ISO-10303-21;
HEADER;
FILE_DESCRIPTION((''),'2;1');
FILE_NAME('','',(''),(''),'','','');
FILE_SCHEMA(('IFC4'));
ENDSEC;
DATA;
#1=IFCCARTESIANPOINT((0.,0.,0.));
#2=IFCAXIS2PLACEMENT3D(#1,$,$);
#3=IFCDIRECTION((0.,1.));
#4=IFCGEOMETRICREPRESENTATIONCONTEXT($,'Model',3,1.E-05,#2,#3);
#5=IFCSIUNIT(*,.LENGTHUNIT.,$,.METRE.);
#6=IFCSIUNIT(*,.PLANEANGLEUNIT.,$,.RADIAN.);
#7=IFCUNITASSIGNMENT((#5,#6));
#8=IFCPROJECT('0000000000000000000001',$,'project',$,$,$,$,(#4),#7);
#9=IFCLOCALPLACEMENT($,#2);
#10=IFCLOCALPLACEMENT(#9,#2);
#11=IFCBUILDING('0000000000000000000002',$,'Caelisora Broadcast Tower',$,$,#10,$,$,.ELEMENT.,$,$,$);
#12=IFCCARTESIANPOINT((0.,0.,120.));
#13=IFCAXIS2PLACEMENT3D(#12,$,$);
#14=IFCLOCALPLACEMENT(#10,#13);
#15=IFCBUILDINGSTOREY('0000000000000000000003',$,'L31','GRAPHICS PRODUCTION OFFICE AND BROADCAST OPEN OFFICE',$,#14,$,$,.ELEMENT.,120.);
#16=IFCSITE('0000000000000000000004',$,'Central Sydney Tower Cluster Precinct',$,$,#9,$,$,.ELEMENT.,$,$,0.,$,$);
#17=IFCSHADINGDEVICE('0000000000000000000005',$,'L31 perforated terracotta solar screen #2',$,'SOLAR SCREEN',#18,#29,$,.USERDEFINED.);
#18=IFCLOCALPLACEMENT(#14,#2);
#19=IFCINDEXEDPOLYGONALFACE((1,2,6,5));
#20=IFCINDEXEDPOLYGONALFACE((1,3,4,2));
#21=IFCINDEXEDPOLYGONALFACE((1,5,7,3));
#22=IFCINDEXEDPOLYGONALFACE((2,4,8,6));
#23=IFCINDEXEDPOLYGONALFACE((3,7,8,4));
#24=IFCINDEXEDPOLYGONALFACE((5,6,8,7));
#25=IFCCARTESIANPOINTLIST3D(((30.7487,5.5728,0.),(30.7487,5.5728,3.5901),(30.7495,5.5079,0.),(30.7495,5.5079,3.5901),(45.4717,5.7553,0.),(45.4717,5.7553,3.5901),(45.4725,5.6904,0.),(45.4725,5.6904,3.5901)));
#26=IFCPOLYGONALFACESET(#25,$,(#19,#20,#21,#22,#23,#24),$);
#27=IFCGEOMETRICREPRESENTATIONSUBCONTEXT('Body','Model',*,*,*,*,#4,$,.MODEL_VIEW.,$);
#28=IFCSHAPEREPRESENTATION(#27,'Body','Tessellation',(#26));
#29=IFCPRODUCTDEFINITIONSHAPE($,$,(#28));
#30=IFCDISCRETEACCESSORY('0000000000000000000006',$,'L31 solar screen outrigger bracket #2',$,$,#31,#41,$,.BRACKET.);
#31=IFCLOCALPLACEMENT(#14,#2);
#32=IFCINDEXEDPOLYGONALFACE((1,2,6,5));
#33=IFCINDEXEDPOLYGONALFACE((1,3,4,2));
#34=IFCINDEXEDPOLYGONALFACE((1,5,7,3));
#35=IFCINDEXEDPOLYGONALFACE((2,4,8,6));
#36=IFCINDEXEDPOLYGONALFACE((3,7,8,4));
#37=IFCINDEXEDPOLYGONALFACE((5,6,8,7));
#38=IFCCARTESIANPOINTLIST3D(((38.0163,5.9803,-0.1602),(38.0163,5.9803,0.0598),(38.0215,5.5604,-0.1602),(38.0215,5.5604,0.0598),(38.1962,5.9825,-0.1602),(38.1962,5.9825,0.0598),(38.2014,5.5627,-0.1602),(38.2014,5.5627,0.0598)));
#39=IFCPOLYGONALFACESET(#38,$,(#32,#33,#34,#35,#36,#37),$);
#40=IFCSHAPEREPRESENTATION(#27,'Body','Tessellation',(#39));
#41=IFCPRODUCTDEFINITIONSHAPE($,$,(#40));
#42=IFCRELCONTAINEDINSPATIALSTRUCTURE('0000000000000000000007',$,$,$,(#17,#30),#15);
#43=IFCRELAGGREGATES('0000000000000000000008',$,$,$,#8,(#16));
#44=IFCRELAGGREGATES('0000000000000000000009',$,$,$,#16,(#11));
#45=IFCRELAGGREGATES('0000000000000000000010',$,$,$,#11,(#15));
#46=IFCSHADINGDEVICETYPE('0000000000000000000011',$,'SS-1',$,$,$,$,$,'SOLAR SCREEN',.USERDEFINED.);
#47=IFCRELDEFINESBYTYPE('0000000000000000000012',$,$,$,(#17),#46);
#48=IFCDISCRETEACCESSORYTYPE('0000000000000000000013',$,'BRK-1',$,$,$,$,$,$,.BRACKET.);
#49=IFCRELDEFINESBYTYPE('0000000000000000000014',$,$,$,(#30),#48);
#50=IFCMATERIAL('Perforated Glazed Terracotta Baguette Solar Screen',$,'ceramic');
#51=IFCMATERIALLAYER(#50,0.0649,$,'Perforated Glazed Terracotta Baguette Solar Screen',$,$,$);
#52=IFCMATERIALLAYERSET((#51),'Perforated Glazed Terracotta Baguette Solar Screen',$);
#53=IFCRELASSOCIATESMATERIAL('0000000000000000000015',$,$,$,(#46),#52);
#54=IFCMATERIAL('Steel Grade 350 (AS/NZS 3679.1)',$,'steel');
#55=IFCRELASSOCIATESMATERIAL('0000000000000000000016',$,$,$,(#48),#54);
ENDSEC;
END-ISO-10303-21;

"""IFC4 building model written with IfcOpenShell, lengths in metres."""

from ifc_helpers import new_model, si_unit, direction, frame, origin, origin_2d, place, context, subcontext, project, spatial, rectangle, extrude, source, transform, mapped, material, layer, layer_set, type_object, type_shapes, element, save


model = new_model("IFC4")

# Units and contexts
model_context = context("Model", 3, precision=1e-05, world=origin(), true_north=direction((0.0, 1.0)))
body_context = subcontext(model_context, "Body", "Model", "MODEL_VIEW")
ifc_project = project(units=[si_unit("LENGTHUNIT", "METRE"), si_unit("PLANEANGLEUNIT", "RADIAN")], contexts=[model_context])

# Site, building, storey
site_placement = place(None, origin())
site = spatial("IfcSite", under=ifc_project, at=site_placement, Name="Central Sydney Tower Cluster Precinct", CompositionType="ELEMENT", RefElevation=0.0)
building_placement = place(site_placement, origin())
building = spatial("IfcBuilding", under=site, at=building_placement, Name="Caelisora Broadcast Tower", CompositionType="ELEMENT")
storey_placement = place(building_placement, frame((0.0, 0.0, 120.0)))
storey = spatial("IfcBuildingStorey", under=building, at=storey_placement, Name="L31", Description="GRAPHICS PRODUCTION OFFICE AND BROADCAST OPEN OFFICE", CompositionType="ELEMENT", Elevation=120.0)

# Shared definitions
ifc_material_1 = material(Name="Steel Grade 350 (AS/NZS 3679.1)", Category="steel")

# Shading device
ifc_material_2 = material(Name="Perforated Glazed Terracotta Baguette Solar Screen", Category="ceramic")
ifc_layer_1 = layer(ifc_material_2, 0.0649, Name="Perforated Glazed Terracotta Baguette Solar Screen")
ifc_layer_set_1 = layer_set([ifc_layer_1], Name="Perforated Glazed Terracotta Baguette Solar Screen")
shading_device_type = type_object("IfcShadingDeviceType", Name="SS-1", ElementType="SOLAR SCREEN", PredefinedType="USERDEFINED", material=ifc_layer_set_1)
shared_shape_1 = source(origin(), body_context, "Body", "SweptSolid", [
    extrude(rectangle(XDim=14.7241, YDim=0.0649, at=origin_2d()), origin(), (0.0, 0.0, 1.0), 3.5901),
])
type_shapes(shading_device_type, [shared_shape_1])
shading_device_placement = place(storey_placement, frame((38.1106, 5.6316, 0.0), z_axis=(0.0, 0.0, 1.0), x_axis=(0.999923, 0.012392, 0.0)))
element("IfcShadingDevice", 1, at=shading_device_placement, inside=storey, type_object=shading_device_type, Name="L31 perforated terracotta solar screen #2", ObjectType="SOLAR SCREEN", PredefinedType="USERDEFINED", context=body_context, shape_type="MappedRepresentation", body=[
    mapped(shared_shape_1, transform((0.0, 0.0, 0.0), scale=1.0)),
])

# Discrete accessory
discrete_accessory_type = type_object("IfcDiscreteAccessoryType", Name="BRK-1", PredefinedType="BRACKET", material=ifc_material_1)
shared_shape_2 = source(origin(), body_context, "Body", "SweptSolid", [
    extrude(rectangle(XDim=0.1799, YDim=0.4199, at=origin_2d()), origin(), (0.0, 0.0, 1.0), 0.22),
])
type_shapes(discrete_accessory_type, [shared_shape_2])
discrete_accessory_placement = place(storey_placement, frame((38.1089, 5.7715, -0.1602), z_axis=(0.0, 0.0, 1.0), x_axis=(0.999923, 0.012392, 0.0)))
element("IfcDiscreteAccessory", 2, at=discrete_accessory_placement, inside=storey, type_object=discrete_accessory_type, Name="L31 solar screen outrigger bracket #2", PredefinedType="BRACKET", context=body_context, shape_type="MappedRepresentation", body=[
    mapped(shared_shape_2, transform((0.0, 0.0, 0.0), scale=1.0)),
])

save(model, "model.ifc")
